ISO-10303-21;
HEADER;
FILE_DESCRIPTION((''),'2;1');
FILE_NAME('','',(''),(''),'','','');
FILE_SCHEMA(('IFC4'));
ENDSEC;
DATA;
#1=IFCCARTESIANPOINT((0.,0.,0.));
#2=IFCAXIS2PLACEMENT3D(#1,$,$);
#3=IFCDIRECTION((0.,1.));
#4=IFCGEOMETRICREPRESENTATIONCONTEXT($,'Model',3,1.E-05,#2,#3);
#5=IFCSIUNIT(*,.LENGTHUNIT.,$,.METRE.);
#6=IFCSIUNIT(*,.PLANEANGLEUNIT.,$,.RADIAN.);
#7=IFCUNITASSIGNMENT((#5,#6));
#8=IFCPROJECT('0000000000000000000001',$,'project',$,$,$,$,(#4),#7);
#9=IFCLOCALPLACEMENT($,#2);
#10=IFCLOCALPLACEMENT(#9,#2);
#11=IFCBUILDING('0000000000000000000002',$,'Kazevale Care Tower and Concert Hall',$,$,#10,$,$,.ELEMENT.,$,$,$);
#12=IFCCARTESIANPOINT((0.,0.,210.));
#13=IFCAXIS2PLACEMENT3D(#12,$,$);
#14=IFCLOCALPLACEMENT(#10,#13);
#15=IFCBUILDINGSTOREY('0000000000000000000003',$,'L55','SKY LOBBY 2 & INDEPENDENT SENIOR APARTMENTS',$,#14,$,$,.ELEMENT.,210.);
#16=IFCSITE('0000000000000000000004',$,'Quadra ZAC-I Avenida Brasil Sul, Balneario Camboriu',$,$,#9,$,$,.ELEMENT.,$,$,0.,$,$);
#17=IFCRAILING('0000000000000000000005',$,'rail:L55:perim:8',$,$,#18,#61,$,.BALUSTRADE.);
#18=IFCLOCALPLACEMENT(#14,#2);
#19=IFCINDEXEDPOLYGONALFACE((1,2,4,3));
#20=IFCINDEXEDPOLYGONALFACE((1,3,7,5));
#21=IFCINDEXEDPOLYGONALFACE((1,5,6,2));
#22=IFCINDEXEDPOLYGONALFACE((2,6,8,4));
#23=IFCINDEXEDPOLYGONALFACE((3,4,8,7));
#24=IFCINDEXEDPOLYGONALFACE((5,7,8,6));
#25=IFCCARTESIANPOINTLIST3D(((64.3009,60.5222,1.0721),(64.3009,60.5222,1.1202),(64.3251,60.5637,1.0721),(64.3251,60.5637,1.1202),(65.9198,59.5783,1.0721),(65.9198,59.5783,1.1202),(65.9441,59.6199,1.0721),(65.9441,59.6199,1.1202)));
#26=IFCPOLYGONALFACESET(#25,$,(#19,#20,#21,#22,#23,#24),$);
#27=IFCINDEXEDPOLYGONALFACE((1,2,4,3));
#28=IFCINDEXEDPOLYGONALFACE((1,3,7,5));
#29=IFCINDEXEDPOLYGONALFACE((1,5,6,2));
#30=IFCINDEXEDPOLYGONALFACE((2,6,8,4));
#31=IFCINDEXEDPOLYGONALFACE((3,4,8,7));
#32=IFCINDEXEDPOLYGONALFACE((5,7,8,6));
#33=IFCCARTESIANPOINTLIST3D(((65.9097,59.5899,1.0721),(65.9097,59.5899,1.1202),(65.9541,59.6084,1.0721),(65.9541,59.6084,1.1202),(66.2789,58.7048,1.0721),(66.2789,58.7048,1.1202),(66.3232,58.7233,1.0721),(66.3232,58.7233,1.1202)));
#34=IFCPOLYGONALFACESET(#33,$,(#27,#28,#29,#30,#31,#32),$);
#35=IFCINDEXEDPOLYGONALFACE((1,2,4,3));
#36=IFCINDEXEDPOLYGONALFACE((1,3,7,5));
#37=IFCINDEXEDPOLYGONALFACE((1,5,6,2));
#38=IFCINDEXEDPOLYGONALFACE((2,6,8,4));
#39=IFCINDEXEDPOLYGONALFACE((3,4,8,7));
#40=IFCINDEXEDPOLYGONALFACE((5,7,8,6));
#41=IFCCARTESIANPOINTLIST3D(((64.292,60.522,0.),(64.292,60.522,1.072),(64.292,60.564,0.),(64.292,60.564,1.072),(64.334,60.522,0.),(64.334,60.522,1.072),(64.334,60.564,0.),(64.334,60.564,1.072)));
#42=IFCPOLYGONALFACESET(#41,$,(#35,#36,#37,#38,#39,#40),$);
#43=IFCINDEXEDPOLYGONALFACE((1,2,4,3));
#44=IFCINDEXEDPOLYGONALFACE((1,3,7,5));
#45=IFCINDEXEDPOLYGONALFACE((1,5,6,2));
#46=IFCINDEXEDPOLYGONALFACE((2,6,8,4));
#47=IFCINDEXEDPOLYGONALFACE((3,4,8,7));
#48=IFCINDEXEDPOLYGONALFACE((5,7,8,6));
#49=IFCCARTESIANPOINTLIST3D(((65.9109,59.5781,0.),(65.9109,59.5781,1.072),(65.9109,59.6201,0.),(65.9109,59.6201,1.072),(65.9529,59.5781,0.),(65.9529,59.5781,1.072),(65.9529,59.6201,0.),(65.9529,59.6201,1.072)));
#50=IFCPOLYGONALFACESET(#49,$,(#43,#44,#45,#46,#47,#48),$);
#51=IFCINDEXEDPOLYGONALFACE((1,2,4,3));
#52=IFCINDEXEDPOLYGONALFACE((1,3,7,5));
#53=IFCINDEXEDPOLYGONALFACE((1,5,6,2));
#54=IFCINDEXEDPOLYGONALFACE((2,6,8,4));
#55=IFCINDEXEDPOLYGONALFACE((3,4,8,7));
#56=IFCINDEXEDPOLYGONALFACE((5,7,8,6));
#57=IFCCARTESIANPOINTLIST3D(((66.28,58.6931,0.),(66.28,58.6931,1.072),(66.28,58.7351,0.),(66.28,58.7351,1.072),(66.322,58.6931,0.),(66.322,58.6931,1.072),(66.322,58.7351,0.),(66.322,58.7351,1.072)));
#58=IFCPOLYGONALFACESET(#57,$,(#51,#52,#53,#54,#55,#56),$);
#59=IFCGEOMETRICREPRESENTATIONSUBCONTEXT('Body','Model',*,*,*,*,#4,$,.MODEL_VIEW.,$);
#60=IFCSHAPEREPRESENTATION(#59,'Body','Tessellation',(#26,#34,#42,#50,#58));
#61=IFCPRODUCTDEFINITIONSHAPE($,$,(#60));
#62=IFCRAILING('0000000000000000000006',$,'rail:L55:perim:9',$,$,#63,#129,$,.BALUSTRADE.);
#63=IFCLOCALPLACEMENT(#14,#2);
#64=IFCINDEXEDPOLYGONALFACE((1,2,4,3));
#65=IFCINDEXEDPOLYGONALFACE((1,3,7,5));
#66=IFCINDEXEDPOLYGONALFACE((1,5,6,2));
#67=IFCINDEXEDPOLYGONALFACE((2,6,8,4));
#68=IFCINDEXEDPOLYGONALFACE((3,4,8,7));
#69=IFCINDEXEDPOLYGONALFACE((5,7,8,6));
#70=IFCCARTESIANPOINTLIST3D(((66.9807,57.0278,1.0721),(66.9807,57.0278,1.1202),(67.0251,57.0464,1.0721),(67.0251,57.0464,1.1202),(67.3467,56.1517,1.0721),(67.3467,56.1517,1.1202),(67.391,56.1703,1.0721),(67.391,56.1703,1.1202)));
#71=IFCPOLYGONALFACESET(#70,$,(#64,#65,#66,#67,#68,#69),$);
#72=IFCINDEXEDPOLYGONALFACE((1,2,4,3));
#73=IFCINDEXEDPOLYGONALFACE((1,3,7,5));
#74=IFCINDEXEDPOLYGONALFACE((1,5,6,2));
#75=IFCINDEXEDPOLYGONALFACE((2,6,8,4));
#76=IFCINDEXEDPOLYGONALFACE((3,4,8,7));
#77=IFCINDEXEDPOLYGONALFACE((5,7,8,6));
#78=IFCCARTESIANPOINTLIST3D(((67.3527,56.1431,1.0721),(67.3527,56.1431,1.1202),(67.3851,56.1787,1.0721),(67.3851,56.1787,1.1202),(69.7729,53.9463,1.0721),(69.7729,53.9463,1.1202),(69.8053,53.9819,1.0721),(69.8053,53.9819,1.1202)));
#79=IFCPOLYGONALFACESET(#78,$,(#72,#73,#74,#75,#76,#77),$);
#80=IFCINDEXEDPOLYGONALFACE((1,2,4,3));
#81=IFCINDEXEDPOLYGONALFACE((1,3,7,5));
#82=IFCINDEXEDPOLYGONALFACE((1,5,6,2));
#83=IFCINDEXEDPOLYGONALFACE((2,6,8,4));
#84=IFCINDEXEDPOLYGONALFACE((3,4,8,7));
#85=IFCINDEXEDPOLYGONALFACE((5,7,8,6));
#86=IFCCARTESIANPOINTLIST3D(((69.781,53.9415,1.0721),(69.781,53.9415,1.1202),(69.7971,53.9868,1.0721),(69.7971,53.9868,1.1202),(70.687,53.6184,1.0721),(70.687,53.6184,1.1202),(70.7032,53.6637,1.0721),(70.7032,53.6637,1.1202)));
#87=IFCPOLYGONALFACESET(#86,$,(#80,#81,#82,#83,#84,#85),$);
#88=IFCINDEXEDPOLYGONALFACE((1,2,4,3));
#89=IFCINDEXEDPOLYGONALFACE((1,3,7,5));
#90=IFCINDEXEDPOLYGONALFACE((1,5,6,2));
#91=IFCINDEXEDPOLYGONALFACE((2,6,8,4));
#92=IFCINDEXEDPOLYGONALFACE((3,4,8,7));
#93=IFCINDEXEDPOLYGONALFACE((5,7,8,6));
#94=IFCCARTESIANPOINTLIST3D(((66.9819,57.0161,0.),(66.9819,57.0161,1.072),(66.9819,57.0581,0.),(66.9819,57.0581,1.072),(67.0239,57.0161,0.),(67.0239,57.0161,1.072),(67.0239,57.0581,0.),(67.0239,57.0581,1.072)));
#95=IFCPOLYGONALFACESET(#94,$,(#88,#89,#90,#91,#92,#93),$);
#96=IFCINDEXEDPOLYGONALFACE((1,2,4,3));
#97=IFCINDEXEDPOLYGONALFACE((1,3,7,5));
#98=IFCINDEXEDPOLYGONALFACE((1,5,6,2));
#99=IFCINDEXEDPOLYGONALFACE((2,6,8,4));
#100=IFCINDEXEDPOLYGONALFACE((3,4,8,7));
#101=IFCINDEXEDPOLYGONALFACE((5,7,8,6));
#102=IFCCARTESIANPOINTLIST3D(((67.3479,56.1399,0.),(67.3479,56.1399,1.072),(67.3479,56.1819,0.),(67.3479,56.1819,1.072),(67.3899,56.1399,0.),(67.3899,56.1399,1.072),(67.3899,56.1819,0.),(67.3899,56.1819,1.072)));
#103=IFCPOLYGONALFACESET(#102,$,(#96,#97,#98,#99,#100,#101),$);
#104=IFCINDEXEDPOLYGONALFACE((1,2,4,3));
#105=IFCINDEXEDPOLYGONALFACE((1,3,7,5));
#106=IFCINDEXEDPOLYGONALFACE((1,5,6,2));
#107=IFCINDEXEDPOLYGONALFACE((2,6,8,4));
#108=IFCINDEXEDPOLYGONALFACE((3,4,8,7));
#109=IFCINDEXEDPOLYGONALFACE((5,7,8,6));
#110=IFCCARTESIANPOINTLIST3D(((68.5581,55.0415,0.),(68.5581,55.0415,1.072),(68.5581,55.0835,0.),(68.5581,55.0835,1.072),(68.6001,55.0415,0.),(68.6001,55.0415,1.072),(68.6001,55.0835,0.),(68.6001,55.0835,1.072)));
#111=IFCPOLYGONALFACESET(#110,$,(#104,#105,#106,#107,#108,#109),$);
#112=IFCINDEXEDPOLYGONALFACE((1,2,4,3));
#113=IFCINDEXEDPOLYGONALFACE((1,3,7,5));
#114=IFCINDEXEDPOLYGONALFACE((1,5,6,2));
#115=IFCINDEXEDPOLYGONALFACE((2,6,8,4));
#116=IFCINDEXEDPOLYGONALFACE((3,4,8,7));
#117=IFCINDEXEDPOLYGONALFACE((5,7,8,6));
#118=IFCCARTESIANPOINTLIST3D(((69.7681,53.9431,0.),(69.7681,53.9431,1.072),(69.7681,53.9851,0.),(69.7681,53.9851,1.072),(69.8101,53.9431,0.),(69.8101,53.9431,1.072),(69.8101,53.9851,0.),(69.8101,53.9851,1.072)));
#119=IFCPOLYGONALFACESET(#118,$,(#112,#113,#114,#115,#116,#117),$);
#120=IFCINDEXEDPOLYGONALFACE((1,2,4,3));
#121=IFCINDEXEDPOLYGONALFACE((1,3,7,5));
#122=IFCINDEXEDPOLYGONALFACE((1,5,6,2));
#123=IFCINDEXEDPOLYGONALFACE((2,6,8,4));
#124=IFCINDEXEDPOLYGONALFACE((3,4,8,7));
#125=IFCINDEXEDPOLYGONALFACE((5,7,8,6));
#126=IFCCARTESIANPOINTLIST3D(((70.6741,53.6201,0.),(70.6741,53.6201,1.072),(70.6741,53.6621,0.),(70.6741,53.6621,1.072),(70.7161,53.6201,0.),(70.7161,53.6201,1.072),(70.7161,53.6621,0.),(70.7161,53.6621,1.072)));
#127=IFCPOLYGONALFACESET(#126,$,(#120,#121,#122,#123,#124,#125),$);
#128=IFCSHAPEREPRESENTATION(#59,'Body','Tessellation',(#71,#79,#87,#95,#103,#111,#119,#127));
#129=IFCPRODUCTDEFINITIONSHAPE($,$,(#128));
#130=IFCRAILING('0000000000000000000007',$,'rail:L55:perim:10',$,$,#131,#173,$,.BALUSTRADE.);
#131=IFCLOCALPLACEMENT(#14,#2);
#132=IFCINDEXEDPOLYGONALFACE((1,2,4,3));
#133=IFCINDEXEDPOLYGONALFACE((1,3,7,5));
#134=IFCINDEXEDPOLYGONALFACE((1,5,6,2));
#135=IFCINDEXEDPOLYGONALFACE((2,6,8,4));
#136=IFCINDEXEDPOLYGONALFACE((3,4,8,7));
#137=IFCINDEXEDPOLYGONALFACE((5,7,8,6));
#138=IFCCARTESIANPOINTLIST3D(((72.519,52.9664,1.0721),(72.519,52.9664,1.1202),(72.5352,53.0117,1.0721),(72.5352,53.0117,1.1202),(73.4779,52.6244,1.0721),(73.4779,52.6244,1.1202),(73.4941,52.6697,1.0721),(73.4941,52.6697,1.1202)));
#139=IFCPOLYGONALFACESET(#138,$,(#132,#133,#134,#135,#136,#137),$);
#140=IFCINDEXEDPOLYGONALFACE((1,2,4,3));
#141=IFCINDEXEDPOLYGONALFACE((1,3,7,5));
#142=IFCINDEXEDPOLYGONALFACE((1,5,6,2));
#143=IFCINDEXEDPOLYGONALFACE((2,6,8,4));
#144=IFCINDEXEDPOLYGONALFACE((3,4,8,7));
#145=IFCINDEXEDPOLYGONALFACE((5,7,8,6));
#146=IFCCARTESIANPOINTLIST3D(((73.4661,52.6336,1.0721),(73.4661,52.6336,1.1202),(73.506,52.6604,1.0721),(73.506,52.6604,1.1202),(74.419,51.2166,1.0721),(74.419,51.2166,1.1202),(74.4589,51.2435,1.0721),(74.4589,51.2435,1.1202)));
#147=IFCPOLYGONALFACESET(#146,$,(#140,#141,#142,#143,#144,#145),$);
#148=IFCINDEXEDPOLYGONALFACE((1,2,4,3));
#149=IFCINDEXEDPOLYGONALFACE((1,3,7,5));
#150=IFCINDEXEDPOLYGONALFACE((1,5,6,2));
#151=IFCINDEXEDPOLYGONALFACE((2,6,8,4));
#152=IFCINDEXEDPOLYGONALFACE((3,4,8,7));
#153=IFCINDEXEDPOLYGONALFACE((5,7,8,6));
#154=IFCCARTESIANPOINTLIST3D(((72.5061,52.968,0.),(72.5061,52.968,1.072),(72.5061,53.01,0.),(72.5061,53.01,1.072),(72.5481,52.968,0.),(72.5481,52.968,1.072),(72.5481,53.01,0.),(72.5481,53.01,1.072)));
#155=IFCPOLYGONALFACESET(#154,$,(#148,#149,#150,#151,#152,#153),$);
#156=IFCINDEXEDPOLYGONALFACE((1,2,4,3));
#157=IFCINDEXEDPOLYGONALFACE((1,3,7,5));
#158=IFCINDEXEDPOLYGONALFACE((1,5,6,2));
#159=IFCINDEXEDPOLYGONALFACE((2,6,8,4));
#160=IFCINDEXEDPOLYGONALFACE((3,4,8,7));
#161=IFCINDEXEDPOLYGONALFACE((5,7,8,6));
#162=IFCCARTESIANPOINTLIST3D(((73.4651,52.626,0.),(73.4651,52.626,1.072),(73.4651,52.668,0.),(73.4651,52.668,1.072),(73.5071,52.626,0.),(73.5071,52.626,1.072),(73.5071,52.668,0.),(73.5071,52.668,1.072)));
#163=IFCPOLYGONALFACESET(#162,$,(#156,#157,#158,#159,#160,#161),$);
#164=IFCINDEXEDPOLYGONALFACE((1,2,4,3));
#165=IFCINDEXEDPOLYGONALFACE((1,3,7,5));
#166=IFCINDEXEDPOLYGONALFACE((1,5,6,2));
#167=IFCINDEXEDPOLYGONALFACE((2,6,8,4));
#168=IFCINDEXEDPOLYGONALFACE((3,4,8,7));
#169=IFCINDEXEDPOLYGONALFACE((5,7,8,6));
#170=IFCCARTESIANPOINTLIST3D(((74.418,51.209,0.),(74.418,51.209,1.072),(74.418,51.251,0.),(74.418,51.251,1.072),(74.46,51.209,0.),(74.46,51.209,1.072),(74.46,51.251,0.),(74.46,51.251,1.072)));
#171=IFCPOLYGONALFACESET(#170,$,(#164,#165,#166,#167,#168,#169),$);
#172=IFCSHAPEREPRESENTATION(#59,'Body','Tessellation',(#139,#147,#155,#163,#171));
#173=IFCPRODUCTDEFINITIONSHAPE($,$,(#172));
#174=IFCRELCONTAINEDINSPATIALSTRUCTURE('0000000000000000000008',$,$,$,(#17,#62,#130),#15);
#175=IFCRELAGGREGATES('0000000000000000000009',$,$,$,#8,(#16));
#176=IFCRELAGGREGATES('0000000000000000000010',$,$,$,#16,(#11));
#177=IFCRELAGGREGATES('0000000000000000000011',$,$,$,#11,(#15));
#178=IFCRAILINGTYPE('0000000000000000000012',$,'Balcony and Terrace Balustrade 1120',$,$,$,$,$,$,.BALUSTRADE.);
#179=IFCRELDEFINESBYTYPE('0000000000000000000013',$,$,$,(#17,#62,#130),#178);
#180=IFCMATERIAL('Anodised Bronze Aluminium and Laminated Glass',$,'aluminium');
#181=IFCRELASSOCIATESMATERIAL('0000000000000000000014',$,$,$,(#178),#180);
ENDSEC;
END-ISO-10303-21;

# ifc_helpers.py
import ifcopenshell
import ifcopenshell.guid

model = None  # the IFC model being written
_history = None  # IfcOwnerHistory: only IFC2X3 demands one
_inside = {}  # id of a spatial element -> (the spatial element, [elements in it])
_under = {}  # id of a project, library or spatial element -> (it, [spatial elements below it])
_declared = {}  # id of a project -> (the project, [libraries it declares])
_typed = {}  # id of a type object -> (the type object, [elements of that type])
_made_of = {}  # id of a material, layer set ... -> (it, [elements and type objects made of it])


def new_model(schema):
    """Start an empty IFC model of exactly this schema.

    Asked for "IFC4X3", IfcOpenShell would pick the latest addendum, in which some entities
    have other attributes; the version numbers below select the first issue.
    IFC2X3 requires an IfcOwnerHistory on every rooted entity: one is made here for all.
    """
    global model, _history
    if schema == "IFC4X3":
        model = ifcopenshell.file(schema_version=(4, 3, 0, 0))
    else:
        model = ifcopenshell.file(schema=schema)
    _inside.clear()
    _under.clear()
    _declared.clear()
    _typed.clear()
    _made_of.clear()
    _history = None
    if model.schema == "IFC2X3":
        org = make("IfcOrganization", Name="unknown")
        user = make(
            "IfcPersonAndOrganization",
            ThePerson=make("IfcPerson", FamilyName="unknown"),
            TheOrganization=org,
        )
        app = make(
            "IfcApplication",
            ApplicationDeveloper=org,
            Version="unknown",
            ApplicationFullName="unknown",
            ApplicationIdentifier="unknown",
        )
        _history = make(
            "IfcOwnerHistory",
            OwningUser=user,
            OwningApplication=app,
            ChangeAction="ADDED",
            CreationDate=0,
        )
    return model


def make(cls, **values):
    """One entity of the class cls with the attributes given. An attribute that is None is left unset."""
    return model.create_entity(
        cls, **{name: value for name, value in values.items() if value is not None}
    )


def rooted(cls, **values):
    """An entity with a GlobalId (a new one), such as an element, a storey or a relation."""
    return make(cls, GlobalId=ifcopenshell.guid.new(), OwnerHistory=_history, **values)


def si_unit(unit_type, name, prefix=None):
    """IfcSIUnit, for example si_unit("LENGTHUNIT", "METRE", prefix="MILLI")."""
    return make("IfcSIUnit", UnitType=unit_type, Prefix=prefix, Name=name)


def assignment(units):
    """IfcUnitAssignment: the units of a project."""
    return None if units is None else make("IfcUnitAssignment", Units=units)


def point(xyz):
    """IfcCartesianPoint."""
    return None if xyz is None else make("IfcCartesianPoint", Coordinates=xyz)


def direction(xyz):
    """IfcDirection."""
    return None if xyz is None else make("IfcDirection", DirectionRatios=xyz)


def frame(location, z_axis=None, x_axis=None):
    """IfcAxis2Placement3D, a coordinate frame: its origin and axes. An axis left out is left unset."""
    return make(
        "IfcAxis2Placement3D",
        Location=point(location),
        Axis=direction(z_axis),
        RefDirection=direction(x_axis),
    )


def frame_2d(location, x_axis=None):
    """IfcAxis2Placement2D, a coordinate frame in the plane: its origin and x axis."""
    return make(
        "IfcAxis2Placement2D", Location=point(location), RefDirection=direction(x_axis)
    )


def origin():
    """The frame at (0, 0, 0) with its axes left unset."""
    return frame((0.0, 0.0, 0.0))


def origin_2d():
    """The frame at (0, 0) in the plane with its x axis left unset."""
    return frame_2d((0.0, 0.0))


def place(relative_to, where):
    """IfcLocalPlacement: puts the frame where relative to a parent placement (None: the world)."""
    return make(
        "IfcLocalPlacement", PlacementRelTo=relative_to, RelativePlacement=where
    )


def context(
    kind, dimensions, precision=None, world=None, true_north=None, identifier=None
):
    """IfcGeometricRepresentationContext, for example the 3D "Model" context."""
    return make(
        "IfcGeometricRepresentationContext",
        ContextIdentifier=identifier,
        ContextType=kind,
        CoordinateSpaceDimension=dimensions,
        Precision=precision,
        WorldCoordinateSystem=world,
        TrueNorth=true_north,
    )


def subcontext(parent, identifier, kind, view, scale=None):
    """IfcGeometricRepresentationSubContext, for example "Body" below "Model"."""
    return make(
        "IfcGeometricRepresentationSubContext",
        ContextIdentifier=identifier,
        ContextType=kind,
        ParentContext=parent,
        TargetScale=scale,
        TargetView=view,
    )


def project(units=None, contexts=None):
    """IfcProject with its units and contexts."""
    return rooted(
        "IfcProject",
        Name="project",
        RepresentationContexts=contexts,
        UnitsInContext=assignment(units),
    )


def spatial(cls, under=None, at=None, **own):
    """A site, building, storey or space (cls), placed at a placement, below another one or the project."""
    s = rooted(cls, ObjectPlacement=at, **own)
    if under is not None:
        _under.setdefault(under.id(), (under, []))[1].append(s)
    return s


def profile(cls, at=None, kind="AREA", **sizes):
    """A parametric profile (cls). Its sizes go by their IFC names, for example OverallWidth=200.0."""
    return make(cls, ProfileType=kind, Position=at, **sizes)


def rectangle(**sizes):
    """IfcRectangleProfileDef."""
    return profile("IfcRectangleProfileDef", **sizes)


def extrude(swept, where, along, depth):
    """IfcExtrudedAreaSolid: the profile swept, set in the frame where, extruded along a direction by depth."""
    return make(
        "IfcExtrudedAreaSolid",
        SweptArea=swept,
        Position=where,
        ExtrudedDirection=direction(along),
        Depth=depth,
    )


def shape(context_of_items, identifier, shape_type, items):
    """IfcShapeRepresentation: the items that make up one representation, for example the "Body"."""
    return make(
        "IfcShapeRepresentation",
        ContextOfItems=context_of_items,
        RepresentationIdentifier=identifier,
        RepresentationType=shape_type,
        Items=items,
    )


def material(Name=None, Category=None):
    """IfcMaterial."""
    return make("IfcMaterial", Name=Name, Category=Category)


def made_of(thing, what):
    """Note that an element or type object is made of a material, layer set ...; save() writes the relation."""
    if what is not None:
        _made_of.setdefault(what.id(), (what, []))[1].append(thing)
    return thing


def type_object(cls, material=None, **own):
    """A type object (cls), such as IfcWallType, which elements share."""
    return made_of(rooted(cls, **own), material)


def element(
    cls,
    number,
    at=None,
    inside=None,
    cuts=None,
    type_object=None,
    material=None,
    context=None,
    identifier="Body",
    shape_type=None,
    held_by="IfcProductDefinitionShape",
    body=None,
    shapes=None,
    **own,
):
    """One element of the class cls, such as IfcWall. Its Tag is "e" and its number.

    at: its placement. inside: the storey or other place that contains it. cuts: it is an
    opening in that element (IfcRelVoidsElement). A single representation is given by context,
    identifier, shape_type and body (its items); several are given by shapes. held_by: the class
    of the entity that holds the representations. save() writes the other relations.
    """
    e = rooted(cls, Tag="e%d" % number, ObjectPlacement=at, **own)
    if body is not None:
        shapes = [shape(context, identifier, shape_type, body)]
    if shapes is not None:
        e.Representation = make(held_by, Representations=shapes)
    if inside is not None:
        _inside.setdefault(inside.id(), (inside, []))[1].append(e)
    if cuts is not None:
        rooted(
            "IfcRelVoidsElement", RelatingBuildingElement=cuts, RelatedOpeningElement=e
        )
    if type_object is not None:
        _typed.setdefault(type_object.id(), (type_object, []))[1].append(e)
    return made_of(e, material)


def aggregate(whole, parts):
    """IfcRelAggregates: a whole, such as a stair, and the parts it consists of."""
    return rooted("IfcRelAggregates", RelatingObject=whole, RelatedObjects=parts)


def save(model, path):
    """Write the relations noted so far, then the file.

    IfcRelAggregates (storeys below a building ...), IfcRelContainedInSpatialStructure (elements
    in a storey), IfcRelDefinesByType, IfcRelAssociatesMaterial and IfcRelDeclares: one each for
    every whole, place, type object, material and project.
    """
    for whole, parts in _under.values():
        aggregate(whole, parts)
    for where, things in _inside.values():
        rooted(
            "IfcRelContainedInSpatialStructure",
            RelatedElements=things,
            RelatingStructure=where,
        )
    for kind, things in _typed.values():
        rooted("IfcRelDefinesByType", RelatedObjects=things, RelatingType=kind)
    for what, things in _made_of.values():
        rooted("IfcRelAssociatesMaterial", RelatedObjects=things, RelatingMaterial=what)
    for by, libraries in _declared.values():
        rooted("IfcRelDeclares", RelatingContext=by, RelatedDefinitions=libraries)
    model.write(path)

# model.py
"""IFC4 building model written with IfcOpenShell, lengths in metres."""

from ifc_helpers import new_model, si_unit, direction, frame, origin, origin_2d, place, context, subcontext, project, spatial, rectangle, extrude, material, type_object, element, save


model = new_model("IFC4")

# Units and contexts
model_context = context("Model", 3, precision=1e-05, world=origin(), true_north=direction((0.0, 1.0)))
body_context = subcontext(model_context, "Body", "Model", "MODEL_VIEW")
ifc_project = project(units=[si_unit("LENGTHUNIT", "METRE"), si_unit("PLANEANGLEUNIT", "RADIAN")], contexts=[model_context])

# Site, building, storey
site_placement = place(None, origin())
site = spatial("IfcSite", under=ifc_project, at=site_placement, Name="Quadra ZAC-I Avenida Brasil Sul, Balneario Camboriu", CompositionType="ELEMENT", RefElevation=0.0)
building_placement = place(site_placement, origin())
building = spatial("IfcBuilding", under=site, at=building_placement, Name="Kazevale Care Tower and Concert Hall", CompositionType="ELEMENT")
storey_placement = place(building_placement, frame((0.0, 0.0, 210.0)))
storey = spatial("IfcBuildingStorey", under=building, at=storey_placement, Name="L55", Description="SKY LOBBY 2 & INDEPENDENT SENIOR APARTMENTS", CompositionType="ELEMENT", Elevation=210.0)

# Railings
ifc_material_1 = material(Name="Anodised Bronze Aluminium and Laminated Glass", Category="aluminium")
railing_type = type_object("IfcRailingType", Name="Balcony and Terrace Balustrade 1120", PredefinedType="BALUSTRADE", material=ifc_material_1)
railing_1_placement = place(storey_placement, frame((64.313, 60.543, 0.0)))
element("IfcRailing", 1, at=railing_1_placement, inside=storey, type_object=railing_type, Name="rail:L55:perim:8", PredefinedType="BALUSTRADE", context=body_context, shape_type="SweptSolid", body=[
    extrude(rectangle(XDim=0.0481, YDim=0.0481, at=origin_2d()), frame((0.0, 0.0, 1.0962), z_axis=(0.863897, -0.503669, 0.0), x_axis=(0.503669, 0.863897, 0.0)), (0.0, 0.0, 1.0), 1.874),
    extrude(rectangle(XDim=0.0481, YDim=0.0481, at=origin_2d()), frame((1.6189, -0.9438, 1.0962), z_axis=(0.384959, -0.922934, 0.0), x_axis=(0.922934, 0.384959, 0.0)), (0.0, 0.0, 1.0), 0.959),
    extrude(rectangle(XDim=0.042, YDim=0.042, at=origin_2d()), origin(), (0.0, 0.0, 1.0), 1.072),
    extrude(rectangle(XDim=0.042, YDim=0.042, at=origin_2d()), frame((1.6189, -0.9438, 0.0)), (0.0, 0.0, 1.0), 1.072),
    extrude(rectangle(XDim=0.042, YDim=0.042, at=origin_2d()), frame((1.988, -1.8289, 0.0)), (0.0, 0.0, 1.0), 1.072),
])
railing_2_placement = place(storey_placement, frame((67.0029, 57.0371, 0.0)))
element("IfcRailing", 2, at=railing_2_placement, inside=storey, type_object=railing_type, Name="rail:L55:perim:9", PredefinedType="BALUSTRADE", context=body_context, shape_type="SweptSolid", body=[
    extrude(rectangle(XDim=0.0481, YDim=0.0481, at=origin_2d()), frame((0.0, 0.0, 1.0962), z_axis=(0.3854, -0.92275, 0.0), x_axis=(0.92275, 0.3854, 0.0)), (0.0, 0.0, 1.0), 0.9495),
    extrude(rectangle(XDim=0.0481, YDim=0.0481, at=origin_2d()), frame((0.366, -0.8762, 1.0962), z_axis=(0.740454, -0.672107, 0.0), x_axis=(0.672107, 0.740454, 0.0)), (0.0, 0.0, 1.0), 3.2686),
    extrude(rectangle(XDim=0.0481, YDim=0.0481, at=origin_2d()), frame((2.7861, -3.073, 1.0962), z_axis=(0.941931, -0.335806, 0.0), x_axis=(0.335806, 0.941931, 0.0)), (0.0, 0.0, 1.0), 0.9619),
    extrude(rectangle(XDim=0.042, YDim=0.042, at=origin_2d()), origin(), (0.0, 0.0, 1.0), 1.072),
    extrude(rectangle(XDim=0.042, YDim=0.042, at=origin_2d()), frame((0.366, -0.8762, 0.0)), (0.0, 0.0, 1.0), 1.072),
    extrude(rectangle(XDim=0.042, YDim=0.042, at=origin_2d()), frame((1.5762, -1.9746, 0.0)), (0.0, 0.0, 1.0), 1.072),
    extrude(rectangle(XDim=0.042, YDim=0.042, at=origin_2d()), frame((2.7861, -3.073, 0.0)), (0.0, 0.0, 1.0), 1.072),
    extrude(rectangle(XDim=0.042, YDim=0.042, at=origin_2d()), frame((3.6921, -3.396, 0.0)), (0.0, 0.0, 1.0), 1.072),
])
railing_3_placement = place(storey_placement, frame((72.5271, 52.989, 0.0)))
element("IfcRailing", 3, at=railing_3_placement, inside=storey, type_object=railing_type, Name="rail:L55:perim:10", PredefinedType="BALUSTRADE", context=body_context, shape_type="SweptSolid", body=[
    extrude(rectangle(XDim=0.0481, YDim=0.0481, at=origin_2d()), frame((0.0, 0.0, 1.0962), z_axis=(0.941883, -0.335941, 0.0), x_axis=(0.335941, 0.941883, 0.0)), (0.0, 0.0, 1.0), 1.0181),
    extrude(rectangle(XDim=0.0481, YDim=0.0481, at=origin_2d()), frame((0.959, -0.342, 1.0962), z_axis=(0.558028, -0.829822, 0.0), x_axis=(0.829822, 0.558028, 0.0)), (0.0, 0.0, 1.0), 1.7075),
    extrude(rectangle(XDim=0.042, YDim=0.042, at=origin_2d()), origin(), (0.0, 0.0, 1.0), 1.072),
    extrude(rectangle(XDim=0.042, YDim=0.042, at=origin_2d()), frame((0.959, -0.342, 0.0)), (0.0, 0.0, 1.0), 1.072),
    extrude(rectangle(XDim=0.042, YDim=0.042, at=origin_2d()), frame((1.9119, -1.759, 0.0)), (0.0, 0.0, 1.0), 1.072),
])

save(model, "model.ifc")
